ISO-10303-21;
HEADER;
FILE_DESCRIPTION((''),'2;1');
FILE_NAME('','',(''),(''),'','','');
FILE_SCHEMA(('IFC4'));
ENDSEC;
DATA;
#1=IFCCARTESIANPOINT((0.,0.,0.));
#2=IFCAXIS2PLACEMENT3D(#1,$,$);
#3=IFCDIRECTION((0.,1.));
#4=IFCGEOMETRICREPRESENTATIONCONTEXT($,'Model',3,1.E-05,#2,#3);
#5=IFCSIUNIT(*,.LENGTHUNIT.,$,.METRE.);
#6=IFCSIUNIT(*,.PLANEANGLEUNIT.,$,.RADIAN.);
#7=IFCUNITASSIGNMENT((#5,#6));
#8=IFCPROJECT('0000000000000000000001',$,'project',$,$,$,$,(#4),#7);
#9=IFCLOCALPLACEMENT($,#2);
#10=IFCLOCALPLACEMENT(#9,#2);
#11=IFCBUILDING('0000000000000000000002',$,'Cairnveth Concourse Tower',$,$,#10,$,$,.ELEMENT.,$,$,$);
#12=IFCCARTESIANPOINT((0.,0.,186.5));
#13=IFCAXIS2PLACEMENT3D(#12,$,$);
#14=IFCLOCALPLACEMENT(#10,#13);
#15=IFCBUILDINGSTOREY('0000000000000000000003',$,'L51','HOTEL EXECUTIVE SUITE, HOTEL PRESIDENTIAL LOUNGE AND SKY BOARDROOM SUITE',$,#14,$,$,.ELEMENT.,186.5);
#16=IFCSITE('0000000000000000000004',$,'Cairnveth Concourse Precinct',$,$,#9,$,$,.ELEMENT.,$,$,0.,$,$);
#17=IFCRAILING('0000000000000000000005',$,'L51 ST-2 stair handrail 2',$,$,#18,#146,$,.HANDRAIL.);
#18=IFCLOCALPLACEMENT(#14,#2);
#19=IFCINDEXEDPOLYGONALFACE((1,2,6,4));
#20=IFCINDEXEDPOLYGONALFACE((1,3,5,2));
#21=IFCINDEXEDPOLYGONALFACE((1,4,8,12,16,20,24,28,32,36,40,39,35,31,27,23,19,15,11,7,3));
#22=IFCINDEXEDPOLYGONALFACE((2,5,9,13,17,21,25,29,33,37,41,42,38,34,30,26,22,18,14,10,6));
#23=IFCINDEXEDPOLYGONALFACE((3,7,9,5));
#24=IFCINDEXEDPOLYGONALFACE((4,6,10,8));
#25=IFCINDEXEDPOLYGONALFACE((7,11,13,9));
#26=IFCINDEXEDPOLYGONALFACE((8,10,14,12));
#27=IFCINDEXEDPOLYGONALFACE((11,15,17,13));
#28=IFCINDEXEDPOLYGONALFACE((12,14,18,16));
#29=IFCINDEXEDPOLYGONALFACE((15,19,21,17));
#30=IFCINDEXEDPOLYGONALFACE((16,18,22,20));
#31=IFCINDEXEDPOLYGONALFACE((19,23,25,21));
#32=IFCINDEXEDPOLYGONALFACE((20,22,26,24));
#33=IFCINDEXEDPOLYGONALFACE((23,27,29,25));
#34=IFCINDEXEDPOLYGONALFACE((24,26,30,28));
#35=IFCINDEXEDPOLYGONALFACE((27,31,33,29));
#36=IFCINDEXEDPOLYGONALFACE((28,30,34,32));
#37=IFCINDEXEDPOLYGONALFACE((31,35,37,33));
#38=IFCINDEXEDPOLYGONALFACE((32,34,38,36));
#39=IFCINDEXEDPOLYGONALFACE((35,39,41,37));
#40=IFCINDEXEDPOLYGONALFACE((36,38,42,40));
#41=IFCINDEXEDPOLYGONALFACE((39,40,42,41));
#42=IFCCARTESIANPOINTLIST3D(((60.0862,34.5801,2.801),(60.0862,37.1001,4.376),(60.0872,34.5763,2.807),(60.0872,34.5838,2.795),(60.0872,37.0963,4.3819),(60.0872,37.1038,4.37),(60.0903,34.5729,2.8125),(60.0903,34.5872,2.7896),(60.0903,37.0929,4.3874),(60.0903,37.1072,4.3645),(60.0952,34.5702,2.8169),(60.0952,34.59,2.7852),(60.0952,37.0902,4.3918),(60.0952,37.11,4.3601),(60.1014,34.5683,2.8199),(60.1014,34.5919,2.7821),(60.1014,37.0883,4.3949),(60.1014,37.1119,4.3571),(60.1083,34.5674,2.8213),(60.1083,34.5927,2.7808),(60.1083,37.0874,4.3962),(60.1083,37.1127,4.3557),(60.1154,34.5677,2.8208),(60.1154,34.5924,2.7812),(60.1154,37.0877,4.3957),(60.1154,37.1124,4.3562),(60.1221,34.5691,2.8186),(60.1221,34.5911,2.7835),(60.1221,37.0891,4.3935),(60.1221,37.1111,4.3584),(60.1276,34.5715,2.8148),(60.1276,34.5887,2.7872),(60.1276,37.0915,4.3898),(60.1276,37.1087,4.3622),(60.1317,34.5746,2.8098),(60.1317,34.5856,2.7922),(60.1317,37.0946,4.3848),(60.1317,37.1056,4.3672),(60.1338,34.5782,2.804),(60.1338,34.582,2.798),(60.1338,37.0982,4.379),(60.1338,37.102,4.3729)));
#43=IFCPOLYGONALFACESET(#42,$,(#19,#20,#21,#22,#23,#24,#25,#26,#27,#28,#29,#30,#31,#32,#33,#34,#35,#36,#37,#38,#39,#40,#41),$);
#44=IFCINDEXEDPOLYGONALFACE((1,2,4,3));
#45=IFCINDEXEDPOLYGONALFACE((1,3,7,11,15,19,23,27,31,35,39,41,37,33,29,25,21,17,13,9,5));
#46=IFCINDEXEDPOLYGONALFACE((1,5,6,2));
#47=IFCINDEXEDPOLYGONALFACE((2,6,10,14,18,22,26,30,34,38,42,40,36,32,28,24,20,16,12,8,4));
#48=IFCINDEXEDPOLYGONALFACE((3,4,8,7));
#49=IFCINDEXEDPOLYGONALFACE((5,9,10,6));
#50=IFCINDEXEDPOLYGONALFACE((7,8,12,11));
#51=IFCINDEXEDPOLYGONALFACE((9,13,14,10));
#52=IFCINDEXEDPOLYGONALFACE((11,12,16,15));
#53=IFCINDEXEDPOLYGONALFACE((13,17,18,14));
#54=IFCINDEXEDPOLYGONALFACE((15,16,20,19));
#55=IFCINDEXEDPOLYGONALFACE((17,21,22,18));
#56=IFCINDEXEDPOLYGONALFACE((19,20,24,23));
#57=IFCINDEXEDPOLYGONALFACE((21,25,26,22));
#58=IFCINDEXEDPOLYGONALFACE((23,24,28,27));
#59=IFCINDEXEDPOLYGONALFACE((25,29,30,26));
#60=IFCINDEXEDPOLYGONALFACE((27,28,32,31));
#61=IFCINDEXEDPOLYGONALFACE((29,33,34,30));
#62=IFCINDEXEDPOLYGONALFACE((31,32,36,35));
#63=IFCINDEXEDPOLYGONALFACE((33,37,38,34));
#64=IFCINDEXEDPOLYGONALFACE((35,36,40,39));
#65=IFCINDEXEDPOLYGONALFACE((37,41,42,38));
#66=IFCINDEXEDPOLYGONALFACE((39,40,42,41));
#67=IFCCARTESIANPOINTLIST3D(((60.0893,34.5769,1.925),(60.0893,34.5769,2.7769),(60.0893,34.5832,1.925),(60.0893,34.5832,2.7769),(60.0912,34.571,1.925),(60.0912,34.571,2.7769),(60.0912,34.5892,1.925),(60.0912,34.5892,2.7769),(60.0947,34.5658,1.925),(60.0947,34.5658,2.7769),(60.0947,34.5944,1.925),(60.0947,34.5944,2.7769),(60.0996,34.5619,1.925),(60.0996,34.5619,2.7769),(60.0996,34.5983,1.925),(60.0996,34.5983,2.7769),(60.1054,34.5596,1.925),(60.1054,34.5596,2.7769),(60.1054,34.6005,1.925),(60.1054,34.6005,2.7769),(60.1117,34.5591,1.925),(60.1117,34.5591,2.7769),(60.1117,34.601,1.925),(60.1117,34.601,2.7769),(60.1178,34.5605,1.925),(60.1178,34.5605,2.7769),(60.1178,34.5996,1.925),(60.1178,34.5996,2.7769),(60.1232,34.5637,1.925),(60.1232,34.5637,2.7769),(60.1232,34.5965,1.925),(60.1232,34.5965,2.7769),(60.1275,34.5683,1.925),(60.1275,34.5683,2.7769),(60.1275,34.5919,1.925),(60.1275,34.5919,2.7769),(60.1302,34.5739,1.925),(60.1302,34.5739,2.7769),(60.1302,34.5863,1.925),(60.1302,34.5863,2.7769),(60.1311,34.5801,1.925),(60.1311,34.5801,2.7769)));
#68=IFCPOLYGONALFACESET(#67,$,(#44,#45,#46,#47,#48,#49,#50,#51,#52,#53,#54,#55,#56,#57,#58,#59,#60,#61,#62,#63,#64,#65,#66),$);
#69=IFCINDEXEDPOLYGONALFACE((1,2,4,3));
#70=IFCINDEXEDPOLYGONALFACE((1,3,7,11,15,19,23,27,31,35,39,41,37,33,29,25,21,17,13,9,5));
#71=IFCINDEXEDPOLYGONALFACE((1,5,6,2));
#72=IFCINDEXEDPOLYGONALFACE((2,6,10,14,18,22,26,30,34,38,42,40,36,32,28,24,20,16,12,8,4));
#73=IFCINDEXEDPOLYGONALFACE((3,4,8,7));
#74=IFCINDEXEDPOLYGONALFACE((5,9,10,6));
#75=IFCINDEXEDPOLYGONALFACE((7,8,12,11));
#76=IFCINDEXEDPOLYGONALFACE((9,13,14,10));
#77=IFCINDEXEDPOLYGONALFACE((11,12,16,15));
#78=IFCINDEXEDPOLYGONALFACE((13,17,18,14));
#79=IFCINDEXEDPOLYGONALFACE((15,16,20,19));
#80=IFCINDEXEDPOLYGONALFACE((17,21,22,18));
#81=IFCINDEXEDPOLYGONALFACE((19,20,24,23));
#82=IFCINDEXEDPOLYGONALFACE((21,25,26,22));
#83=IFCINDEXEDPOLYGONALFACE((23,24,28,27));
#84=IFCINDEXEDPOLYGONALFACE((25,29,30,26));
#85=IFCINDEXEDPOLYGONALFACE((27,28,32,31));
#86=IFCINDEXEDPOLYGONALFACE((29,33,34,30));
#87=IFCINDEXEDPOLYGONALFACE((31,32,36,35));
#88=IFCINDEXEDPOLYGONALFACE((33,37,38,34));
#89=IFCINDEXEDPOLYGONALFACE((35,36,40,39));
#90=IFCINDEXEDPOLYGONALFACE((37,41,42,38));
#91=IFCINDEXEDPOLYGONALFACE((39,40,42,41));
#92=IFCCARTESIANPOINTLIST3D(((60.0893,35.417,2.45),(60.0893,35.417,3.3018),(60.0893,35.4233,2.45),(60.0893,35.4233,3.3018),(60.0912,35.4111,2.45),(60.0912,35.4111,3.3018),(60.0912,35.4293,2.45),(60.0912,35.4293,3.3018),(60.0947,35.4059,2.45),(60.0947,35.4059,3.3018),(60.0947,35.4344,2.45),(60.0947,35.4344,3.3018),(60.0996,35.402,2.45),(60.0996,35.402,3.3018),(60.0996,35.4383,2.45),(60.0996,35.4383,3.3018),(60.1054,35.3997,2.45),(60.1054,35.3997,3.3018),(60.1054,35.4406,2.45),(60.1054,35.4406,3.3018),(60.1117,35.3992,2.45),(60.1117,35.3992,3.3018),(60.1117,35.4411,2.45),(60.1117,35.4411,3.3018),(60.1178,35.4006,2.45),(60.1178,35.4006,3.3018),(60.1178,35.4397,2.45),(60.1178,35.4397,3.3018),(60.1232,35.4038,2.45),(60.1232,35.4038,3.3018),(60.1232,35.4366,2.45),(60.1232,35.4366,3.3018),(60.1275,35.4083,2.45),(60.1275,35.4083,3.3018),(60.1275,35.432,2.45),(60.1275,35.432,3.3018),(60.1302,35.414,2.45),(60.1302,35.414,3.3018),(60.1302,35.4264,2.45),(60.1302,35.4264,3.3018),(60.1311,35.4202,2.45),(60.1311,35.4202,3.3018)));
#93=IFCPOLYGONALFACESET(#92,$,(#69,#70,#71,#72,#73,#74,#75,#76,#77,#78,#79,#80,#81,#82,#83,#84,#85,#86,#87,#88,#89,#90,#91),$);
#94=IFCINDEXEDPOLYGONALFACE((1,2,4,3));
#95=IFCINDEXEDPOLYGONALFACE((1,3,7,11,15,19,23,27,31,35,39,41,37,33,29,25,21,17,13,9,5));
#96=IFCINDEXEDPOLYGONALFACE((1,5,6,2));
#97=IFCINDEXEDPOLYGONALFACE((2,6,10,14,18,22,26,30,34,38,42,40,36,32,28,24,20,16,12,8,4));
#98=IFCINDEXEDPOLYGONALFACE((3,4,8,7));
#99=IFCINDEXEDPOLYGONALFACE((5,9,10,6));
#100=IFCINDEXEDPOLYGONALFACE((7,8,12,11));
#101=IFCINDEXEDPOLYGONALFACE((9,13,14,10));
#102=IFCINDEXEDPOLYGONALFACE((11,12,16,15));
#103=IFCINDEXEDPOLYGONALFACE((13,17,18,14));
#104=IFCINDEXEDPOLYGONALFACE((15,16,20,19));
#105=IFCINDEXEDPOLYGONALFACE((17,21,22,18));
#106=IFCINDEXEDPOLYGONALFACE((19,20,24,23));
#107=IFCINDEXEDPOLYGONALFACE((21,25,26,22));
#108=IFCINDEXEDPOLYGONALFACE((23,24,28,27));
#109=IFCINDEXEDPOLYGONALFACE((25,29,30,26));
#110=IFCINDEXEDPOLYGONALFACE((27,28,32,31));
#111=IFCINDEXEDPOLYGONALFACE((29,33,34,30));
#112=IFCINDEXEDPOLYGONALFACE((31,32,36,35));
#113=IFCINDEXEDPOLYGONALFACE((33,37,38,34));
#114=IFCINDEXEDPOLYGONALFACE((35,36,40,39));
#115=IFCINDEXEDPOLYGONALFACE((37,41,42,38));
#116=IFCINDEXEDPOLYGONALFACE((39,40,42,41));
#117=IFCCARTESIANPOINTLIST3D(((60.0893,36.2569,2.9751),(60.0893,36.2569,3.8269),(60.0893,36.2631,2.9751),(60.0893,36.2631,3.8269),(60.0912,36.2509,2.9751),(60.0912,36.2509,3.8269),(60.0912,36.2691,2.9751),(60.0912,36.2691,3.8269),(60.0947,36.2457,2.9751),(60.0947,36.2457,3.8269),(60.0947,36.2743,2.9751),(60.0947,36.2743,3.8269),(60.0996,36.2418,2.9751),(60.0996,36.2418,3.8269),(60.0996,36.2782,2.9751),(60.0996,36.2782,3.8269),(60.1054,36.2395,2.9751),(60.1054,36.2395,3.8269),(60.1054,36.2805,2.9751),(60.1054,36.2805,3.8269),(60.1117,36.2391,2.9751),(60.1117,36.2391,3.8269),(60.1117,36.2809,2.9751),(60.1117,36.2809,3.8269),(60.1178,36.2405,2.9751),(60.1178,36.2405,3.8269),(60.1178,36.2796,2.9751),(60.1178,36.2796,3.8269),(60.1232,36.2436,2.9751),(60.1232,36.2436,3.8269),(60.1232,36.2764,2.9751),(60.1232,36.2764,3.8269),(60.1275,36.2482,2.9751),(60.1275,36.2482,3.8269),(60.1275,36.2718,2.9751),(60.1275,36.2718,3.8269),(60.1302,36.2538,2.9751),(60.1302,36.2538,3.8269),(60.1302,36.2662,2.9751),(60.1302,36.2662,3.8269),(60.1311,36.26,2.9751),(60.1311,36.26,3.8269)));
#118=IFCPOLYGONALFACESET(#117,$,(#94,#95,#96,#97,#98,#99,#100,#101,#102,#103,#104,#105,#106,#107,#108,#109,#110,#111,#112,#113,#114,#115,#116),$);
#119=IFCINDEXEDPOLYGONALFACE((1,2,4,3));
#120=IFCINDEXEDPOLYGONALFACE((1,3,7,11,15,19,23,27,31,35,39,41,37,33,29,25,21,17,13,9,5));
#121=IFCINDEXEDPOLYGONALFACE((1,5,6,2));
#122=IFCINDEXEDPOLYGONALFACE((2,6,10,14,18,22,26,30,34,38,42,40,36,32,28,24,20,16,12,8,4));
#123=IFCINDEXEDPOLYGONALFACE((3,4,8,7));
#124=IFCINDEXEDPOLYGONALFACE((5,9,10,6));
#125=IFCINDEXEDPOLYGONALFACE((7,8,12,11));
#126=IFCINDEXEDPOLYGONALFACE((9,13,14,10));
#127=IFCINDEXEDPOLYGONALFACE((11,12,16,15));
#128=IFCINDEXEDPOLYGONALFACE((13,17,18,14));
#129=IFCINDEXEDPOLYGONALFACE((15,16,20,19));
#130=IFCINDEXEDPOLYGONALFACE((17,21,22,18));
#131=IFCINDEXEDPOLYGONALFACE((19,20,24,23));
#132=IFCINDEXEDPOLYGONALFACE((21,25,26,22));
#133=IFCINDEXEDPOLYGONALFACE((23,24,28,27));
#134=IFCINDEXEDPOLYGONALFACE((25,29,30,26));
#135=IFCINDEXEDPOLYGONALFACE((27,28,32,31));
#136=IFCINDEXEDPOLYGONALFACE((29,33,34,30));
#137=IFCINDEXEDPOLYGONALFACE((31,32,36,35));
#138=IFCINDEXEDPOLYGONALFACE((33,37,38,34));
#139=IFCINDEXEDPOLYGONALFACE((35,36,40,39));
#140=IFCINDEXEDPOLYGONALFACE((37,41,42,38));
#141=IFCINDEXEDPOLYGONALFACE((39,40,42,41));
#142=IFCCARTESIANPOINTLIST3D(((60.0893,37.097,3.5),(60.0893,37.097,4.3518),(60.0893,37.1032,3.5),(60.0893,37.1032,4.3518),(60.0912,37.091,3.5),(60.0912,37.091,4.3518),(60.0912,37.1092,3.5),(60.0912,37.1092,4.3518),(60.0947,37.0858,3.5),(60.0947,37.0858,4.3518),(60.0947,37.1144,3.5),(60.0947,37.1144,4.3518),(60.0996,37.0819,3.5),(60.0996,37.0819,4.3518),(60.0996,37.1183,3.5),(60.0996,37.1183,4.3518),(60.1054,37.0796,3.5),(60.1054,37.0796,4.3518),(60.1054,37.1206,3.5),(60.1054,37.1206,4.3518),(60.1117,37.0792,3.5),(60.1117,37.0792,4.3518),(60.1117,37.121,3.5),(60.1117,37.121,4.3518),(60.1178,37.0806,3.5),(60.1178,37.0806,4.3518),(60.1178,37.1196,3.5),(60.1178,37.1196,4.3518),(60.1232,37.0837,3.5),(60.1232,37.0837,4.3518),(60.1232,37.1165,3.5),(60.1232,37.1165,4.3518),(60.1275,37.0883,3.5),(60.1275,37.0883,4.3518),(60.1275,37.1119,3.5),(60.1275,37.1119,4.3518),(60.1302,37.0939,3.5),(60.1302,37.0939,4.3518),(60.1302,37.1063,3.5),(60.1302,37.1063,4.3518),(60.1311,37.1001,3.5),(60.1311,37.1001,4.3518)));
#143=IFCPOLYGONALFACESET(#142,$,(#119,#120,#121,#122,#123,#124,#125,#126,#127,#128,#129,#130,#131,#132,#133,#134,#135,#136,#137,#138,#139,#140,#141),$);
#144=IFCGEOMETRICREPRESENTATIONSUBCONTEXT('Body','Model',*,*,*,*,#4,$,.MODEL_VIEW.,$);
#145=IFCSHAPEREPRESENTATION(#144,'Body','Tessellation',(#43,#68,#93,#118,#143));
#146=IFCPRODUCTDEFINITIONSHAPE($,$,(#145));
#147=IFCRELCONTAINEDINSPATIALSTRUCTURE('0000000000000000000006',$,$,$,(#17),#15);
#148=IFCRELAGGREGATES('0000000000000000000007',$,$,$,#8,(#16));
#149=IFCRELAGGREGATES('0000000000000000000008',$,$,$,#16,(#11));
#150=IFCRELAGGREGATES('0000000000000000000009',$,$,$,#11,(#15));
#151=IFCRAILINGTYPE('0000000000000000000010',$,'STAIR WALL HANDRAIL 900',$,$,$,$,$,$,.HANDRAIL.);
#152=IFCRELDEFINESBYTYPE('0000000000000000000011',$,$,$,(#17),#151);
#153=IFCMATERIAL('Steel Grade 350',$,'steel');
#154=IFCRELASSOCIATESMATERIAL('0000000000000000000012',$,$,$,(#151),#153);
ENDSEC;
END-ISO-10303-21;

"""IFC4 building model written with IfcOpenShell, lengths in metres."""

from ifc_helpers import new_model, si_unit, direction, frame, origin, origin_2d, place, context, subcontext, project, spatial, circle, extrude, material, type_object, element, save


model = new_model("IFC4")

# Units and contexts
model_context = context("Model", 3, precision=1e-05, world=origin(), true_north=direction((0.0, 1.0)))
body_context = subcontext(model_context, "Body", "Model", "MODEL_VIEW")
ifc_project = project(units=[si_unit("LENGTHUNIT", "METRE"), si_unit("PLANEANGLEUNIT", "RADIAN")], contexts=[model_context])

# Site, building, storey
site_placement = place(None, origin())
site = spatial("IfcSite", under=ifc_project, at=site_placement, Name="Cairnveth Concourse Precinct", CompositionType="ELEMENT", RefElevation=0.0)
building_placement = place(site_placement, origin())
building = spatial("IfcBuilding", under=site, at=building_placement, Name="Cairnveth Concourse Tower", CompositionType="ELEMENT")
storey_placement = place(building_placement, frame((0.0, 0.0, 186.5)))
storey = spatial("IfcBuildingStorey", under=building, at=storey_placement, Name="L51", Description="HOTEL EXECUTIVE SUITE, HOTEL PRESIDENTIAL LOUNGE AND SKY BOARDROOM SUITE", CompositionType="ELEMENT", Elevation=186.5)

# Shared definitions
ifc_material_1 = material(Name="Steel Grade 350", Category="steel")

# Railing
railing_type_1 = type_object("IfcRailingType", Name="STAIR WALL HANDRAIL 900", PredefinedType="HANDRAIL", material=ifc_material_1)
railing_1_placement = place(storey_placement, frame((60.1101, 34.5801, 1.925)))
element("IfcRailing", 1, at=railing_1_placement, inside=storey, type_object=railing_type_1, Name="L51 ST-2 stair handrail 2", PredefinedType="HANDRAIL", context=body_context, shape_type="SweptSolid", body=[
    extrude(circle(Radius=0.0239, at=origin_2d()), frame((0.0, 0.0, 0.876), z_axis=(0.0, 0.848008, 0.529984), x_axis=(-1.0, 0.0, 0.0)), (0.0, 0.0, 1.0), 2.9717),
    extrude(circle(Radius=0.021, at=origin_2d()), origin(), (0.0, 0.0, 1.0), 0.8518),
    extrude(circle(Radius=0.021, at=origin_2d()), frame((0.0, 0.8401, 0.5249)), (0.0, 0.0, 1.0), 0.8518),
    extrude(circle(Radius=0.021, at=origin_2d()), frame((0.0, 1.6799, 1.05)), (0.0, 0.0, 1.0), 0.8518),
    extrude(circle(Radius=0.021, at=origin_2d()), frame((0.0, 2.52, 1.575)), (0.0, 0.0, 1.0), 0.8518),
])

save(model, "model.ifc")
